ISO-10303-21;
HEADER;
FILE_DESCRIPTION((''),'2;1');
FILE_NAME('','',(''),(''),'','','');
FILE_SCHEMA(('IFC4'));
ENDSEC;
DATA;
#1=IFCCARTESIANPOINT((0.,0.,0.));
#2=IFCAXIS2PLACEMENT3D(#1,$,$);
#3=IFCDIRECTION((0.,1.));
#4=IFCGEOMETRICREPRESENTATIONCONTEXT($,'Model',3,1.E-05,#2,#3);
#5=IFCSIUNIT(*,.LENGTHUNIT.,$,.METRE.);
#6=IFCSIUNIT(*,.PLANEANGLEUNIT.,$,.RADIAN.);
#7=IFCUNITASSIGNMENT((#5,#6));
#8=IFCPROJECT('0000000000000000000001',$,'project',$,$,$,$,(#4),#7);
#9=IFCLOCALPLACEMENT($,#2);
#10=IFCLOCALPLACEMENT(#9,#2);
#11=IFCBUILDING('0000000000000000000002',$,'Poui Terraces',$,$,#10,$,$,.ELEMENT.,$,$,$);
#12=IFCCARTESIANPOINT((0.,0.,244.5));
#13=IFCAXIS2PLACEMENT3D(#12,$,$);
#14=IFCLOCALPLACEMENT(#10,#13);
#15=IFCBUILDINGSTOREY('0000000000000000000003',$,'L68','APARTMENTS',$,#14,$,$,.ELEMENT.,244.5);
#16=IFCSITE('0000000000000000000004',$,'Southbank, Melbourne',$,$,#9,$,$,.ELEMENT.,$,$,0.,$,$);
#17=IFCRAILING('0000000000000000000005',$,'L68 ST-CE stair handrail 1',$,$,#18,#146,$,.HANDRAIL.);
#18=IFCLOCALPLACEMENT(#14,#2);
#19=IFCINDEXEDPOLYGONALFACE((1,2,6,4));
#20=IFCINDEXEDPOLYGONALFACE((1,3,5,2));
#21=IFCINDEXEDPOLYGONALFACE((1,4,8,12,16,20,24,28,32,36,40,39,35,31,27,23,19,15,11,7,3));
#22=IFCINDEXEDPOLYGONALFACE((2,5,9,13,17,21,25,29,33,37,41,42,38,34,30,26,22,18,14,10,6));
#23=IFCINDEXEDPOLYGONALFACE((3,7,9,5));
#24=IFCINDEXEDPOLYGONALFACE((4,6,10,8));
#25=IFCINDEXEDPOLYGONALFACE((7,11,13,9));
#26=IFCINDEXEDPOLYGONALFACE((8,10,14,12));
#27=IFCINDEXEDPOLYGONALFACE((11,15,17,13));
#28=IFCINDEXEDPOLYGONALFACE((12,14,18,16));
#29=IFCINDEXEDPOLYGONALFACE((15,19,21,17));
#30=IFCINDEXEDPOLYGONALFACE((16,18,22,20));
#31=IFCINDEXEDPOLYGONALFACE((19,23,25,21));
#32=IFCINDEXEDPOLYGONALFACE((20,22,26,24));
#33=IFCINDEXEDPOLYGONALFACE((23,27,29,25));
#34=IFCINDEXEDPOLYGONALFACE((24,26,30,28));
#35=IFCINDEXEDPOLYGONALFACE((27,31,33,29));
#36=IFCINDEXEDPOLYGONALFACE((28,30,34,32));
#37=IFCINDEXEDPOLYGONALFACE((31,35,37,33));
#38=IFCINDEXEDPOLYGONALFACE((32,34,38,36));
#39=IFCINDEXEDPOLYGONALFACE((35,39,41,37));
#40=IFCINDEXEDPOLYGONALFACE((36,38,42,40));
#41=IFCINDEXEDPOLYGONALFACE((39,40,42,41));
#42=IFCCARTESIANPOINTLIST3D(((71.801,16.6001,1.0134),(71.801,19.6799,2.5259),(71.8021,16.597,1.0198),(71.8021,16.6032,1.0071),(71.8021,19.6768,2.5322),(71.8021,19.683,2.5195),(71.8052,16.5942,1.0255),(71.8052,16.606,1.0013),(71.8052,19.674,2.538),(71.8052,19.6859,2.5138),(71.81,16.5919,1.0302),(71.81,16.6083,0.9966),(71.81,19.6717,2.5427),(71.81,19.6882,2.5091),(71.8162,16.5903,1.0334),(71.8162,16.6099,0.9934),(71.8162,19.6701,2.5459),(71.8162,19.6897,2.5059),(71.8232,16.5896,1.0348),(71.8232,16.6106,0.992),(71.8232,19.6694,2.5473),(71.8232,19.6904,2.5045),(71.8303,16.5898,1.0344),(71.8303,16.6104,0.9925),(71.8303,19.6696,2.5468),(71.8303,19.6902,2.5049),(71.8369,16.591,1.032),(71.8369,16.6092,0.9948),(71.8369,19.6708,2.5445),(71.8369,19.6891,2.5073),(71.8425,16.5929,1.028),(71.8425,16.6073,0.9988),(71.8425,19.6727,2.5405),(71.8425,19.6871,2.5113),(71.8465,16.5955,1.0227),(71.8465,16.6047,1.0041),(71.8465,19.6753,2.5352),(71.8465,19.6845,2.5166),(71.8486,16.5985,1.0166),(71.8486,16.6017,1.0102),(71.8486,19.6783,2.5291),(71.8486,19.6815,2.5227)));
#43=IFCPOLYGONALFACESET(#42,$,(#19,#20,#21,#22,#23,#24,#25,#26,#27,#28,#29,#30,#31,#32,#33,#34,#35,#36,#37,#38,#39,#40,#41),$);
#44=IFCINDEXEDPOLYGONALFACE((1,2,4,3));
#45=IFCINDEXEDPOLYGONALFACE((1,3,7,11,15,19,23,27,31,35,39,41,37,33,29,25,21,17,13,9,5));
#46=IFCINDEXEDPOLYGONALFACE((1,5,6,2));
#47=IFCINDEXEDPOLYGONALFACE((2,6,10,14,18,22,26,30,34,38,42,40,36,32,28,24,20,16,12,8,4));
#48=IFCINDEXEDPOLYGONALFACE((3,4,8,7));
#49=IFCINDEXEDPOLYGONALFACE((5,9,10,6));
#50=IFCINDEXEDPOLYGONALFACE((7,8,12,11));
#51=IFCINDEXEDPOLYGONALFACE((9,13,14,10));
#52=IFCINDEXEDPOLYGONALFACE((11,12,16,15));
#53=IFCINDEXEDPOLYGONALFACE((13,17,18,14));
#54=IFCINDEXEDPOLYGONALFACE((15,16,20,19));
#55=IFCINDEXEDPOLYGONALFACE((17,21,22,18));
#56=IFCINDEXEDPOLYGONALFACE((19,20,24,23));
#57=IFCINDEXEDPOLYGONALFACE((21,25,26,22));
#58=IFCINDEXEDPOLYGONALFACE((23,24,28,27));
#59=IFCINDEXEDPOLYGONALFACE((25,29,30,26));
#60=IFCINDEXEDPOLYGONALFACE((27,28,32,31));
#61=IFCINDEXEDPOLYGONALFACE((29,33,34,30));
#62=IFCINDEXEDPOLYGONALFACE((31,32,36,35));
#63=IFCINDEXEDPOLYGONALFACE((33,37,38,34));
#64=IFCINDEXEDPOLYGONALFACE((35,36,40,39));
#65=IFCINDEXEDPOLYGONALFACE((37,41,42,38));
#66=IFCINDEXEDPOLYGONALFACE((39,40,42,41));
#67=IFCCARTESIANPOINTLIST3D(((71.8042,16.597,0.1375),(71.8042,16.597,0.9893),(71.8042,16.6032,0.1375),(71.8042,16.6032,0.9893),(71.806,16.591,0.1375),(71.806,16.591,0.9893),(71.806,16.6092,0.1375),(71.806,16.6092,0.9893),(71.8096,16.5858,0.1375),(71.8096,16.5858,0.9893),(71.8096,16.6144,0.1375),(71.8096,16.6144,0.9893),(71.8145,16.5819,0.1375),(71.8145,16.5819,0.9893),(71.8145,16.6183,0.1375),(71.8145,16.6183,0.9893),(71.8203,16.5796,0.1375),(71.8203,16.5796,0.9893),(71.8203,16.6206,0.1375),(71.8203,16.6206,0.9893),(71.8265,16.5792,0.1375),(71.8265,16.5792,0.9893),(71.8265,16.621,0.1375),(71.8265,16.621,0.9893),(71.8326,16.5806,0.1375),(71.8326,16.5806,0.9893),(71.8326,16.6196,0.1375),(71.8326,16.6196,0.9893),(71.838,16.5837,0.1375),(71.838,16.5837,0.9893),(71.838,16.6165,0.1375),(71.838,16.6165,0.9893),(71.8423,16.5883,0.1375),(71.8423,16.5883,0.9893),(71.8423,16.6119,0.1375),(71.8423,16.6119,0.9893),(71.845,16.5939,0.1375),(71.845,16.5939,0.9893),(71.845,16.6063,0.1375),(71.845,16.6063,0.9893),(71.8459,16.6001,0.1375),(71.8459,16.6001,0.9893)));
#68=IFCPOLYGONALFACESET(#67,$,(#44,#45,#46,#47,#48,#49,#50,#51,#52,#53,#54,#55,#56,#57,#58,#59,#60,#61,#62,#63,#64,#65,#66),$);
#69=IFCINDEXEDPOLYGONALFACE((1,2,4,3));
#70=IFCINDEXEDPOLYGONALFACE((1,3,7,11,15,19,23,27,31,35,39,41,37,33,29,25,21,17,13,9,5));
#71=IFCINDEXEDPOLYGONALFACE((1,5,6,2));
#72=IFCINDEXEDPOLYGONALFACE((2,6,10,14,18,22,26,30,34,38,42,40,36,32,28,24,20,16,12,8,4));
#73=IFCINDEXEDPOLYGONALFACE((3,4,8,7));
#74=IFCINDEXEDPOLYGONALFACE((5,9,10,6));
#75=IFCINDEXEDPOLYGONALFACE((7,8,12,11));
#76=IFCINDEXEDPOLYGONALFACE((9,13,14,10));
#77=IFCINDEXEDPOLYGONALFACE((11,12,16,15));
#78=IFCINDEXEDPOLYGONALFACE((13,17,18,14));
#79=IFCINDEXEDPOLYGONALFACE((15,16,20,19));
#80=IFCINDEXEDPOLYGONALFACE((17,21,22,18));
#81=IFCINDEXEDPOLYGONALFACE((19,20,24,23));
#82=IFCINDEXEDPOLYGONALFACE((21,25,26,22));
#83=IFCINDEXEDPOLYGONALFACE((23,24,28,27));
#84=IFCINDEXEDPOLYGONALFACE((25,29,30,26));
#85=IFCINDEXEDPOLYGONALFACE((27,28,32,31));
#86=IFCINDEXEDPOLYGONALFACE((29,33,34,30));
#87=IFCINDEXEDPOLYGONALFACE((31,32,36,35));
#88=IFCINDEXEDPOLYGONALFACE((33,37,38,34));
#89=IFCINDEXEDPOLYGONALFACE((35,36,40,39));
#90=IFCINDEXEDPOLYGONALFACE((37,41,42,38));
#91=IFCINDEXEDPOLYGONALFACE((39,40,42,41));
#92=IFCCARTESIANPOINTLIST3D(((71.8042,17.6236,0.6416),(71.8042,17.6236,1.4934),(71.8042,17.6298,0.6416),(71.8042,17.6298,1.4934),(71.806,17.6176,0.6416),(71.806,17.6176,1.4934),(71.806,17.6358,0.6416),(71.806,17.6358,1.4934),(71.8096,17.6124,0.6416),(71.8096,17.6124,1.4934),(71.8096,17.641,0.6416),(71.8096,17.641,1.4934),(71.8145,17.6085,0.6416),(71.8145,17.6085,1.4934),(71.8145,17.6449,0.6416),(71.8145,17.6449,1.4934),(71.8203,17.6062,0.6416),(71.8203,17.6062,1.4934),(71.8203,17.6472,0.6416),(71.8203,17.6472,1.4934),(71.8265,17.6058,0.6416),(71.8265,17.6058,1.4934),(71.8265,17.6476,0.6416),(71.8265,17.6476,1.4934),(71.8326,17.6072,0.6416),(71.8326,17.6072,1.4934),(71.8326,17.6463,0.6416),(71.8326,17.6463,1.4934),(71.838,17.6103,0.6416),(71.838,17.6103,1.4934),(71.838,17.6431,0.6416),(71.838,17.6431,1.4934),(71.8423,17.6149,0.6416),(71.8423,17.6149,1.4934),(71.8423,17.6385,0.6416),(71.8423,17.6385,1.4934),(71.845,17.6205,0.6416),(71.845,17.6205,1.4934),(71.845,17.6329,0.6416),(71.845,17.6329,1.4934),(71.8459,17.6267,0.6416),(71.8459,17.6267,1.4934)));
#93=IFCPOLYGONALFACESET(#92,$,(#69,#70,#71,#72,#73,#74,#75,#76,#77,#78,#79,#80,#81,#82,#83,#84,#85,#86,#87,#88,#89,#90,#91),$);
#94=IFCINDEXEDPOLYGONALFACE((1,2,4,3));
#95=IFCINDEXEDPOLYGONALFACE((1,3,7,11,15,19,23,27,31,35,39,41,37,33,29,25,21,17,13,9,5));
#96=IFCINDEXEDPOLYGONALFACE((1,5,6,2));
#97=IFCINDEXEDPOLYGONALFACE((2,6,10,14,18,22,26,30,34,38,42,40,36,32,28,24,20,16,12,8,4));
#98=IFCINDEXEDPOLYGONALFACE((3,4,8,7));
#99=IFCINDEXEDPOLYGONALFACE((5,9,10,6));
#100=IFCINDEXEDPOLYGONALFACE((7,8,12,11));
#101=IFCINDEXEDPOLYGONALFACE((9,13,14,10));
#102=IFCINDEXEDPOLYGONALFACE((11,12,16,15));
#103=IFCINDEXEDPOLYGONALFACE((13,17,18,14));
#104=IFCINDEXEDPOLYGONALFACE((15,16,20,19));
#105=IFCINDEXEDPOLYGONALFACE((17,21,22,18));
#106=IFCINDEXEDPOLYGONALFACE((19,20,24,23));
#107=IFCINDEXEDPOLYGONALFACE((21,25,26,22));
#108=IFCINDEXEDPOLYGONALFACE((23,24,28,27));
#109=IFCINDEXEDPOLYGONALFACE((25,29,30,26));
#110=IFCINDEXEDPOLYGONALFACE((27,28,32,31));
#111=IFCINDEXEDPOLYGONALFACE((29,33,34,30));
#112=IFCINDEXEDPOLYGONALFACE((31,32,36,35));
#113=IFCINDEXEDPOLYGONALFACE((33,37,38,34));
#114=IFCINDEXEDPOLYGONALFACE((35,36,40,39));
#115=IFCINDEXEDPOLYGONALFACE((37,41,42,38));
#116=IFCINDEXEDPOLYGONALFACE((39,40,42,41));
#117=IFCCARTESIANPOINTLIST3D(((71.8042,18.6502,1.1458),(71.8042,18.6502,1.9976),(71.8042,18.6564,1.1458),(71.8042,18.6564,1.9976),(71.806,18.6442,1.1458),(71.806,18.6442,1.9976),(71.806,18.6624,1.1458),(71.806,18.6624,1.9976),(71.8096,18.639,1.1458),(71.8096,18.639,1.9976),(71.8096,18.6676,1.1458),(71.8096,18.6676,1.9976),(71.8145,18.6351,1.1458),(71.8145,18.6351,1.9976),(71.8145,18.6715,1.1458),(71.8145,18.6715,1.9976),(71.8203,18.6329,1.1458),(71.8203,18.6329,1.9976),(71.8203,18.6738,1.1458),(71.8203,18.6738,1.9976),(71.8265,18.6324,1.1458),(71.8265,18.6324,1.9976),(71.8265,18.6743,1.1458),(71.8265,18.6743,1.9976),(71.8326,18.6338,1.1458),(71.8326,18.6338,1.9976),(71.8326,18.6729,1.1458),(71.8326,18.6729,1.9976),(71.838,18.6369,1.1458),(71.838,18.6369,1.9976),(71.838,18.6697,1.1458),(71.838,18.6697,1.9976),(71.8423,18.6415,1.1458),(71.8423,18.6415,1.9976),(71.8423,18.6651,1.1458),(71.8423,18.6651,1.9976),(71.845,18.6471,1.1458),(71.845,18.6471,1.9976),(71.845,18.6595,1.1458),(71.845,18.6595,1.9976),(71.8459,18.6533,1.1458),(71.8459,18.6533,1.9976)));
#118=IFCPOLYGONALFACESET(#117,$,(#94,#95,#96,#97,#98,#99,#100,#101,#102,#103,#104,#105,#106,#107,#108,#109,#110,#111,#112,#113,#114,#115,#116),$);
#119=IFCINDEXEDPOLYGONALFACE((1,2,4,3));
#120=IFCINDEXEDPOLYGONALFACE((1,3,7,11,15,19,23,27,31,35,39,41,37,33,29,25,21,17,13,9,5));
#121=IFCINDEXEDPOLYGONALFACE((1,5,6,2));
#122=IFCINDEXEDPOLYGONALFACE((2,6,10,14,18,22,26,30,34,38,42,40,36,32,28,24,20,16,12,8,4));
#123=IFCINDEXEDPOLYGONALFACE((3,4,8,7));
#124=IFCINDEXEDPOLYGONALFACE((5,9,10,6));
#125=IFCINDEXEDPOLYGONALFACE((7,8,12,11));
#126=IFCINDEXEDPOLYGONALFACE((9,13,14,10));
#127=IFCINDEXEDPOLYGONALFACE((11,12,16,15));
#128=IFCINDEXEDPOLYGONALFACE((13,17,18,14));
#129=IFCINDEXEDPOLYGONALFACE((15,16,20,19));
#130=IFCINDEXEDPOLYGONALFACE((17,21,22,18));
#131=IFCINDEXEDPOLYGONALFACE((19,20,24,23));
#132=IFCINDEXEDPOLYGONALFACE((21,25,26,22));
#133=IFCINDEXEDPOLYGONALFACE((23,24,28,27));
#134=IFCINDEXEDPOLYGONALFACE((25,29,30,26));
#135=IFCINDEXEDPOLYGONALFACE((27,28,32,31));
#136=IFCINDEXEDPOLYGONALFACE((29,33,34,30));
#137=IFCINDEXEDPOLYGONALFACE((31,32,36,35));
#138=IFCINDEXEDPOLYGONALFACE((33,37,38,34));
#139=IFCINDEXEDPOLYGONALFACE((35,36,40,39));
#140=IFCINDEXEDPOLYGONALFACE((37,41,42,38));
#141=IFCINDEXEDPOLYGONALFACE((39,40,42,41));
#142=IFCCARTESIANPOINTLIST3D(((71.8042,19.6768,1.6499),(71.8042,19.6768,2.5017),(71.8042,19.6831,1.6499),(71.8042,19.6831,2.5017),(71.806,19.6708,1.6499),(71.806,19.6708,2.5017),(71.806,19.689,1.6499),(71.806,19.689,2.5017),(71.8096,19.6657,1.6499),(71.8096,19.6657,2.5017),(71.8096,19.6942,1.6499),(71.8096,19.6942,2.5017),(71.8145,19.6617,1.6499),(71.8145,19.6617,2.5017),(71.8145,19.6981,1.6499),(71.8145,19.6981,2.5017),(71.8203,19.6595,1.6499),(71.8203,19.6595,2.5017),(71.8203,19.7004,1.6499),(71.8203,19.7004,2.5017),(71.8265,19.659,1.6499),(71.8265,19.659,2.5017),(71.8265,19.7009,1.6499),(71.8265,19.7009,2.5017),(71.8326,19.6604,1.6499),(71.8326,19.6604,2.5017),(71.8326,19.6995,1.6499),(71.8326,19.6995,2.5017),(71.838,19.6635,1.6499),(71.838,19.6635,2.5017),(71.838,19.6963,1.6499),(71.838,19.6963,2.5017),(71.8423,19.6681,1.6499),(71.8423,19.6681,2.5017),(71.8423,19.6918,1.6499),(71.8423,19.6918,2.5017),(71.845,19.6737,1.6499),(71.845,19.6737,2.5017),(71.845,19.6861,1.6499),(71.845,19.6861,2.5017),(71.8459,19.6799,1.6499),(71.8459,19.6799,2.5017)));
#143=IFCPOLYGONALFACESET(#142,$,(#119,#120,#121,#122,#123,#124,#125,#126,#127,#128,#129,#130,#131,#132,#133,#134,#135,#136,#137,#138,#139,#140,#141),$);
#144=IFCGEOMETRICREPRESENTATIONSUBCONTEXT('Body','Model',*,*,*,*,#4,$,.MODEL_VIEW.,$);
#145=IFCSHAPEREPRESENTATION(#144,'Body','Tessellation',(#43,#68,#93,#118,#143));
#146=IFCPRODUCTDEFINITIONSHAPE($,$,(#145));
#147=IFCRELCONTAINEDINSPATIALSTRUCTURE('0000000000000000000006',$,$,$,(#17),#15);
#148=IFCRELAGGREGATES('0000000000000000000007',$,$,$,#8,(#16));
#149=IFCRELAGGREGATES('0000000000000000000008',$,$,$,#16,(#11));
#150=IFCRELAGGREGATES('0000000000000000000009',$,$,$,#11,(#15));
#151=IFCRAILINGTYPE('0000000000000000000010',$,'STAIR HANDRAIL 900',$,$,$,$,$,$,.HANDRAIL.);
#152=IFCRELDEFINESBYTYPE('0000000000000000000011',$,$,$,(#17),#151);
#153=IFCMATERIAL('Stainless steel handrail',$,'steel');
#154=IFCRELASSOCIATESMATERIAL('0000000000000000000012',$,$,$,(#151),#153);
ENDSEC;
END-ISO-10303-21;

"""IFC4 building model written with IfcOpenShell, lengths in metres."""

from ifc_helpers import new_model, si_unit, direction, frame, origin, origin_2d, place, context, subcontext, project, spatial, circle, extrude, material, type_object, element, save


model = new_model("IFC4")

# Units and contexts
model_context = context("Model", 3, precision=1e-05, world=origin(), true_north=direction((0.0, 1.0)))
body_context = subcontext(model_context, "Body", "Model", "MODEL_VIEW")
ifc_project = project(units=[si_unit("LENGTHUNIT", "METRE"), si_unit("PLANEANGLEUNIT", "RADIAN")], contexts=[model_context])

# Site, building, storey
site_placement = place(None, origin())
site = spatial("IfcSite", under=ifc_project, at=site_placement, Name="Southbank, Melbourne", CompositionType="ELEMENT", RefElevation=0.0)
building_placement = place(site_placement, origin())
building = spatial("IfcBuilding", under=site, at=building_placement, Name="Poui Terraces", CompositionType="ELEMENT")
storey_placement = place(building_placement, frame((0.0, 0.0, 244.5)))
storey = spatial("IfcBuildingStorey", under=building, at=storey_placement, Name="L68", Description="APARTMENTS", CompositionType="ELEMENT", Elevation=244.5)

# Railing
ifc_material_1 = material(Name="Stainless steel handrail", Category="steel")
railing_type_1 = type_object("IfcRailingType", Name="STAIR HANDRAIL 900", PredefinedType="HANDRAIL", material=ifc_material_1)
railing_1_placement = place(storey_placement, frame((71.825, 16.6001, 0.1375)))
element("IfcRailing", 1, at=railing_1_placement, inside=storey, type_object=railing_type_1, Name="L68 ST-CE stair handrail 1", PredefinedType="HANDRAIL", context=body_context, shape_type="SweptSolid", body=[
    extrude(circle(Radius=0.0239, at=origin_2d()), frame((0.0, 0.0, 0.876), z_axis=(0.0, 0.897606, 0.440798), x_axis=(-1.0, 0.0, 0.0)), (0.0, 0.0, 1.0), 3.4312),
    extrude(circle(Radius=0.021, at=origin_2d()), origin(), (0.0, 0.0, 1.0), 0.8518),
    extrude(circle(Radius=0.021, at=origin_2d()), frame((0.0, 1.0266, 0.5042)), (0.0, 0.0, 1.0), 0.8518),
    extrude(circle(Radius=0.021, at=origin_2d()), frame((0.0, 2.0532, 1.0083)), (0.0, 0.0, 1.0), 0.8518),
    extrude(circle(Radius=0.021, at=origin_2d()), frame((0.0, 3.0798, 1.5125)), (0.0, 0.0, 1.0), 0.8518),
])

save(model, "model.ifc")
